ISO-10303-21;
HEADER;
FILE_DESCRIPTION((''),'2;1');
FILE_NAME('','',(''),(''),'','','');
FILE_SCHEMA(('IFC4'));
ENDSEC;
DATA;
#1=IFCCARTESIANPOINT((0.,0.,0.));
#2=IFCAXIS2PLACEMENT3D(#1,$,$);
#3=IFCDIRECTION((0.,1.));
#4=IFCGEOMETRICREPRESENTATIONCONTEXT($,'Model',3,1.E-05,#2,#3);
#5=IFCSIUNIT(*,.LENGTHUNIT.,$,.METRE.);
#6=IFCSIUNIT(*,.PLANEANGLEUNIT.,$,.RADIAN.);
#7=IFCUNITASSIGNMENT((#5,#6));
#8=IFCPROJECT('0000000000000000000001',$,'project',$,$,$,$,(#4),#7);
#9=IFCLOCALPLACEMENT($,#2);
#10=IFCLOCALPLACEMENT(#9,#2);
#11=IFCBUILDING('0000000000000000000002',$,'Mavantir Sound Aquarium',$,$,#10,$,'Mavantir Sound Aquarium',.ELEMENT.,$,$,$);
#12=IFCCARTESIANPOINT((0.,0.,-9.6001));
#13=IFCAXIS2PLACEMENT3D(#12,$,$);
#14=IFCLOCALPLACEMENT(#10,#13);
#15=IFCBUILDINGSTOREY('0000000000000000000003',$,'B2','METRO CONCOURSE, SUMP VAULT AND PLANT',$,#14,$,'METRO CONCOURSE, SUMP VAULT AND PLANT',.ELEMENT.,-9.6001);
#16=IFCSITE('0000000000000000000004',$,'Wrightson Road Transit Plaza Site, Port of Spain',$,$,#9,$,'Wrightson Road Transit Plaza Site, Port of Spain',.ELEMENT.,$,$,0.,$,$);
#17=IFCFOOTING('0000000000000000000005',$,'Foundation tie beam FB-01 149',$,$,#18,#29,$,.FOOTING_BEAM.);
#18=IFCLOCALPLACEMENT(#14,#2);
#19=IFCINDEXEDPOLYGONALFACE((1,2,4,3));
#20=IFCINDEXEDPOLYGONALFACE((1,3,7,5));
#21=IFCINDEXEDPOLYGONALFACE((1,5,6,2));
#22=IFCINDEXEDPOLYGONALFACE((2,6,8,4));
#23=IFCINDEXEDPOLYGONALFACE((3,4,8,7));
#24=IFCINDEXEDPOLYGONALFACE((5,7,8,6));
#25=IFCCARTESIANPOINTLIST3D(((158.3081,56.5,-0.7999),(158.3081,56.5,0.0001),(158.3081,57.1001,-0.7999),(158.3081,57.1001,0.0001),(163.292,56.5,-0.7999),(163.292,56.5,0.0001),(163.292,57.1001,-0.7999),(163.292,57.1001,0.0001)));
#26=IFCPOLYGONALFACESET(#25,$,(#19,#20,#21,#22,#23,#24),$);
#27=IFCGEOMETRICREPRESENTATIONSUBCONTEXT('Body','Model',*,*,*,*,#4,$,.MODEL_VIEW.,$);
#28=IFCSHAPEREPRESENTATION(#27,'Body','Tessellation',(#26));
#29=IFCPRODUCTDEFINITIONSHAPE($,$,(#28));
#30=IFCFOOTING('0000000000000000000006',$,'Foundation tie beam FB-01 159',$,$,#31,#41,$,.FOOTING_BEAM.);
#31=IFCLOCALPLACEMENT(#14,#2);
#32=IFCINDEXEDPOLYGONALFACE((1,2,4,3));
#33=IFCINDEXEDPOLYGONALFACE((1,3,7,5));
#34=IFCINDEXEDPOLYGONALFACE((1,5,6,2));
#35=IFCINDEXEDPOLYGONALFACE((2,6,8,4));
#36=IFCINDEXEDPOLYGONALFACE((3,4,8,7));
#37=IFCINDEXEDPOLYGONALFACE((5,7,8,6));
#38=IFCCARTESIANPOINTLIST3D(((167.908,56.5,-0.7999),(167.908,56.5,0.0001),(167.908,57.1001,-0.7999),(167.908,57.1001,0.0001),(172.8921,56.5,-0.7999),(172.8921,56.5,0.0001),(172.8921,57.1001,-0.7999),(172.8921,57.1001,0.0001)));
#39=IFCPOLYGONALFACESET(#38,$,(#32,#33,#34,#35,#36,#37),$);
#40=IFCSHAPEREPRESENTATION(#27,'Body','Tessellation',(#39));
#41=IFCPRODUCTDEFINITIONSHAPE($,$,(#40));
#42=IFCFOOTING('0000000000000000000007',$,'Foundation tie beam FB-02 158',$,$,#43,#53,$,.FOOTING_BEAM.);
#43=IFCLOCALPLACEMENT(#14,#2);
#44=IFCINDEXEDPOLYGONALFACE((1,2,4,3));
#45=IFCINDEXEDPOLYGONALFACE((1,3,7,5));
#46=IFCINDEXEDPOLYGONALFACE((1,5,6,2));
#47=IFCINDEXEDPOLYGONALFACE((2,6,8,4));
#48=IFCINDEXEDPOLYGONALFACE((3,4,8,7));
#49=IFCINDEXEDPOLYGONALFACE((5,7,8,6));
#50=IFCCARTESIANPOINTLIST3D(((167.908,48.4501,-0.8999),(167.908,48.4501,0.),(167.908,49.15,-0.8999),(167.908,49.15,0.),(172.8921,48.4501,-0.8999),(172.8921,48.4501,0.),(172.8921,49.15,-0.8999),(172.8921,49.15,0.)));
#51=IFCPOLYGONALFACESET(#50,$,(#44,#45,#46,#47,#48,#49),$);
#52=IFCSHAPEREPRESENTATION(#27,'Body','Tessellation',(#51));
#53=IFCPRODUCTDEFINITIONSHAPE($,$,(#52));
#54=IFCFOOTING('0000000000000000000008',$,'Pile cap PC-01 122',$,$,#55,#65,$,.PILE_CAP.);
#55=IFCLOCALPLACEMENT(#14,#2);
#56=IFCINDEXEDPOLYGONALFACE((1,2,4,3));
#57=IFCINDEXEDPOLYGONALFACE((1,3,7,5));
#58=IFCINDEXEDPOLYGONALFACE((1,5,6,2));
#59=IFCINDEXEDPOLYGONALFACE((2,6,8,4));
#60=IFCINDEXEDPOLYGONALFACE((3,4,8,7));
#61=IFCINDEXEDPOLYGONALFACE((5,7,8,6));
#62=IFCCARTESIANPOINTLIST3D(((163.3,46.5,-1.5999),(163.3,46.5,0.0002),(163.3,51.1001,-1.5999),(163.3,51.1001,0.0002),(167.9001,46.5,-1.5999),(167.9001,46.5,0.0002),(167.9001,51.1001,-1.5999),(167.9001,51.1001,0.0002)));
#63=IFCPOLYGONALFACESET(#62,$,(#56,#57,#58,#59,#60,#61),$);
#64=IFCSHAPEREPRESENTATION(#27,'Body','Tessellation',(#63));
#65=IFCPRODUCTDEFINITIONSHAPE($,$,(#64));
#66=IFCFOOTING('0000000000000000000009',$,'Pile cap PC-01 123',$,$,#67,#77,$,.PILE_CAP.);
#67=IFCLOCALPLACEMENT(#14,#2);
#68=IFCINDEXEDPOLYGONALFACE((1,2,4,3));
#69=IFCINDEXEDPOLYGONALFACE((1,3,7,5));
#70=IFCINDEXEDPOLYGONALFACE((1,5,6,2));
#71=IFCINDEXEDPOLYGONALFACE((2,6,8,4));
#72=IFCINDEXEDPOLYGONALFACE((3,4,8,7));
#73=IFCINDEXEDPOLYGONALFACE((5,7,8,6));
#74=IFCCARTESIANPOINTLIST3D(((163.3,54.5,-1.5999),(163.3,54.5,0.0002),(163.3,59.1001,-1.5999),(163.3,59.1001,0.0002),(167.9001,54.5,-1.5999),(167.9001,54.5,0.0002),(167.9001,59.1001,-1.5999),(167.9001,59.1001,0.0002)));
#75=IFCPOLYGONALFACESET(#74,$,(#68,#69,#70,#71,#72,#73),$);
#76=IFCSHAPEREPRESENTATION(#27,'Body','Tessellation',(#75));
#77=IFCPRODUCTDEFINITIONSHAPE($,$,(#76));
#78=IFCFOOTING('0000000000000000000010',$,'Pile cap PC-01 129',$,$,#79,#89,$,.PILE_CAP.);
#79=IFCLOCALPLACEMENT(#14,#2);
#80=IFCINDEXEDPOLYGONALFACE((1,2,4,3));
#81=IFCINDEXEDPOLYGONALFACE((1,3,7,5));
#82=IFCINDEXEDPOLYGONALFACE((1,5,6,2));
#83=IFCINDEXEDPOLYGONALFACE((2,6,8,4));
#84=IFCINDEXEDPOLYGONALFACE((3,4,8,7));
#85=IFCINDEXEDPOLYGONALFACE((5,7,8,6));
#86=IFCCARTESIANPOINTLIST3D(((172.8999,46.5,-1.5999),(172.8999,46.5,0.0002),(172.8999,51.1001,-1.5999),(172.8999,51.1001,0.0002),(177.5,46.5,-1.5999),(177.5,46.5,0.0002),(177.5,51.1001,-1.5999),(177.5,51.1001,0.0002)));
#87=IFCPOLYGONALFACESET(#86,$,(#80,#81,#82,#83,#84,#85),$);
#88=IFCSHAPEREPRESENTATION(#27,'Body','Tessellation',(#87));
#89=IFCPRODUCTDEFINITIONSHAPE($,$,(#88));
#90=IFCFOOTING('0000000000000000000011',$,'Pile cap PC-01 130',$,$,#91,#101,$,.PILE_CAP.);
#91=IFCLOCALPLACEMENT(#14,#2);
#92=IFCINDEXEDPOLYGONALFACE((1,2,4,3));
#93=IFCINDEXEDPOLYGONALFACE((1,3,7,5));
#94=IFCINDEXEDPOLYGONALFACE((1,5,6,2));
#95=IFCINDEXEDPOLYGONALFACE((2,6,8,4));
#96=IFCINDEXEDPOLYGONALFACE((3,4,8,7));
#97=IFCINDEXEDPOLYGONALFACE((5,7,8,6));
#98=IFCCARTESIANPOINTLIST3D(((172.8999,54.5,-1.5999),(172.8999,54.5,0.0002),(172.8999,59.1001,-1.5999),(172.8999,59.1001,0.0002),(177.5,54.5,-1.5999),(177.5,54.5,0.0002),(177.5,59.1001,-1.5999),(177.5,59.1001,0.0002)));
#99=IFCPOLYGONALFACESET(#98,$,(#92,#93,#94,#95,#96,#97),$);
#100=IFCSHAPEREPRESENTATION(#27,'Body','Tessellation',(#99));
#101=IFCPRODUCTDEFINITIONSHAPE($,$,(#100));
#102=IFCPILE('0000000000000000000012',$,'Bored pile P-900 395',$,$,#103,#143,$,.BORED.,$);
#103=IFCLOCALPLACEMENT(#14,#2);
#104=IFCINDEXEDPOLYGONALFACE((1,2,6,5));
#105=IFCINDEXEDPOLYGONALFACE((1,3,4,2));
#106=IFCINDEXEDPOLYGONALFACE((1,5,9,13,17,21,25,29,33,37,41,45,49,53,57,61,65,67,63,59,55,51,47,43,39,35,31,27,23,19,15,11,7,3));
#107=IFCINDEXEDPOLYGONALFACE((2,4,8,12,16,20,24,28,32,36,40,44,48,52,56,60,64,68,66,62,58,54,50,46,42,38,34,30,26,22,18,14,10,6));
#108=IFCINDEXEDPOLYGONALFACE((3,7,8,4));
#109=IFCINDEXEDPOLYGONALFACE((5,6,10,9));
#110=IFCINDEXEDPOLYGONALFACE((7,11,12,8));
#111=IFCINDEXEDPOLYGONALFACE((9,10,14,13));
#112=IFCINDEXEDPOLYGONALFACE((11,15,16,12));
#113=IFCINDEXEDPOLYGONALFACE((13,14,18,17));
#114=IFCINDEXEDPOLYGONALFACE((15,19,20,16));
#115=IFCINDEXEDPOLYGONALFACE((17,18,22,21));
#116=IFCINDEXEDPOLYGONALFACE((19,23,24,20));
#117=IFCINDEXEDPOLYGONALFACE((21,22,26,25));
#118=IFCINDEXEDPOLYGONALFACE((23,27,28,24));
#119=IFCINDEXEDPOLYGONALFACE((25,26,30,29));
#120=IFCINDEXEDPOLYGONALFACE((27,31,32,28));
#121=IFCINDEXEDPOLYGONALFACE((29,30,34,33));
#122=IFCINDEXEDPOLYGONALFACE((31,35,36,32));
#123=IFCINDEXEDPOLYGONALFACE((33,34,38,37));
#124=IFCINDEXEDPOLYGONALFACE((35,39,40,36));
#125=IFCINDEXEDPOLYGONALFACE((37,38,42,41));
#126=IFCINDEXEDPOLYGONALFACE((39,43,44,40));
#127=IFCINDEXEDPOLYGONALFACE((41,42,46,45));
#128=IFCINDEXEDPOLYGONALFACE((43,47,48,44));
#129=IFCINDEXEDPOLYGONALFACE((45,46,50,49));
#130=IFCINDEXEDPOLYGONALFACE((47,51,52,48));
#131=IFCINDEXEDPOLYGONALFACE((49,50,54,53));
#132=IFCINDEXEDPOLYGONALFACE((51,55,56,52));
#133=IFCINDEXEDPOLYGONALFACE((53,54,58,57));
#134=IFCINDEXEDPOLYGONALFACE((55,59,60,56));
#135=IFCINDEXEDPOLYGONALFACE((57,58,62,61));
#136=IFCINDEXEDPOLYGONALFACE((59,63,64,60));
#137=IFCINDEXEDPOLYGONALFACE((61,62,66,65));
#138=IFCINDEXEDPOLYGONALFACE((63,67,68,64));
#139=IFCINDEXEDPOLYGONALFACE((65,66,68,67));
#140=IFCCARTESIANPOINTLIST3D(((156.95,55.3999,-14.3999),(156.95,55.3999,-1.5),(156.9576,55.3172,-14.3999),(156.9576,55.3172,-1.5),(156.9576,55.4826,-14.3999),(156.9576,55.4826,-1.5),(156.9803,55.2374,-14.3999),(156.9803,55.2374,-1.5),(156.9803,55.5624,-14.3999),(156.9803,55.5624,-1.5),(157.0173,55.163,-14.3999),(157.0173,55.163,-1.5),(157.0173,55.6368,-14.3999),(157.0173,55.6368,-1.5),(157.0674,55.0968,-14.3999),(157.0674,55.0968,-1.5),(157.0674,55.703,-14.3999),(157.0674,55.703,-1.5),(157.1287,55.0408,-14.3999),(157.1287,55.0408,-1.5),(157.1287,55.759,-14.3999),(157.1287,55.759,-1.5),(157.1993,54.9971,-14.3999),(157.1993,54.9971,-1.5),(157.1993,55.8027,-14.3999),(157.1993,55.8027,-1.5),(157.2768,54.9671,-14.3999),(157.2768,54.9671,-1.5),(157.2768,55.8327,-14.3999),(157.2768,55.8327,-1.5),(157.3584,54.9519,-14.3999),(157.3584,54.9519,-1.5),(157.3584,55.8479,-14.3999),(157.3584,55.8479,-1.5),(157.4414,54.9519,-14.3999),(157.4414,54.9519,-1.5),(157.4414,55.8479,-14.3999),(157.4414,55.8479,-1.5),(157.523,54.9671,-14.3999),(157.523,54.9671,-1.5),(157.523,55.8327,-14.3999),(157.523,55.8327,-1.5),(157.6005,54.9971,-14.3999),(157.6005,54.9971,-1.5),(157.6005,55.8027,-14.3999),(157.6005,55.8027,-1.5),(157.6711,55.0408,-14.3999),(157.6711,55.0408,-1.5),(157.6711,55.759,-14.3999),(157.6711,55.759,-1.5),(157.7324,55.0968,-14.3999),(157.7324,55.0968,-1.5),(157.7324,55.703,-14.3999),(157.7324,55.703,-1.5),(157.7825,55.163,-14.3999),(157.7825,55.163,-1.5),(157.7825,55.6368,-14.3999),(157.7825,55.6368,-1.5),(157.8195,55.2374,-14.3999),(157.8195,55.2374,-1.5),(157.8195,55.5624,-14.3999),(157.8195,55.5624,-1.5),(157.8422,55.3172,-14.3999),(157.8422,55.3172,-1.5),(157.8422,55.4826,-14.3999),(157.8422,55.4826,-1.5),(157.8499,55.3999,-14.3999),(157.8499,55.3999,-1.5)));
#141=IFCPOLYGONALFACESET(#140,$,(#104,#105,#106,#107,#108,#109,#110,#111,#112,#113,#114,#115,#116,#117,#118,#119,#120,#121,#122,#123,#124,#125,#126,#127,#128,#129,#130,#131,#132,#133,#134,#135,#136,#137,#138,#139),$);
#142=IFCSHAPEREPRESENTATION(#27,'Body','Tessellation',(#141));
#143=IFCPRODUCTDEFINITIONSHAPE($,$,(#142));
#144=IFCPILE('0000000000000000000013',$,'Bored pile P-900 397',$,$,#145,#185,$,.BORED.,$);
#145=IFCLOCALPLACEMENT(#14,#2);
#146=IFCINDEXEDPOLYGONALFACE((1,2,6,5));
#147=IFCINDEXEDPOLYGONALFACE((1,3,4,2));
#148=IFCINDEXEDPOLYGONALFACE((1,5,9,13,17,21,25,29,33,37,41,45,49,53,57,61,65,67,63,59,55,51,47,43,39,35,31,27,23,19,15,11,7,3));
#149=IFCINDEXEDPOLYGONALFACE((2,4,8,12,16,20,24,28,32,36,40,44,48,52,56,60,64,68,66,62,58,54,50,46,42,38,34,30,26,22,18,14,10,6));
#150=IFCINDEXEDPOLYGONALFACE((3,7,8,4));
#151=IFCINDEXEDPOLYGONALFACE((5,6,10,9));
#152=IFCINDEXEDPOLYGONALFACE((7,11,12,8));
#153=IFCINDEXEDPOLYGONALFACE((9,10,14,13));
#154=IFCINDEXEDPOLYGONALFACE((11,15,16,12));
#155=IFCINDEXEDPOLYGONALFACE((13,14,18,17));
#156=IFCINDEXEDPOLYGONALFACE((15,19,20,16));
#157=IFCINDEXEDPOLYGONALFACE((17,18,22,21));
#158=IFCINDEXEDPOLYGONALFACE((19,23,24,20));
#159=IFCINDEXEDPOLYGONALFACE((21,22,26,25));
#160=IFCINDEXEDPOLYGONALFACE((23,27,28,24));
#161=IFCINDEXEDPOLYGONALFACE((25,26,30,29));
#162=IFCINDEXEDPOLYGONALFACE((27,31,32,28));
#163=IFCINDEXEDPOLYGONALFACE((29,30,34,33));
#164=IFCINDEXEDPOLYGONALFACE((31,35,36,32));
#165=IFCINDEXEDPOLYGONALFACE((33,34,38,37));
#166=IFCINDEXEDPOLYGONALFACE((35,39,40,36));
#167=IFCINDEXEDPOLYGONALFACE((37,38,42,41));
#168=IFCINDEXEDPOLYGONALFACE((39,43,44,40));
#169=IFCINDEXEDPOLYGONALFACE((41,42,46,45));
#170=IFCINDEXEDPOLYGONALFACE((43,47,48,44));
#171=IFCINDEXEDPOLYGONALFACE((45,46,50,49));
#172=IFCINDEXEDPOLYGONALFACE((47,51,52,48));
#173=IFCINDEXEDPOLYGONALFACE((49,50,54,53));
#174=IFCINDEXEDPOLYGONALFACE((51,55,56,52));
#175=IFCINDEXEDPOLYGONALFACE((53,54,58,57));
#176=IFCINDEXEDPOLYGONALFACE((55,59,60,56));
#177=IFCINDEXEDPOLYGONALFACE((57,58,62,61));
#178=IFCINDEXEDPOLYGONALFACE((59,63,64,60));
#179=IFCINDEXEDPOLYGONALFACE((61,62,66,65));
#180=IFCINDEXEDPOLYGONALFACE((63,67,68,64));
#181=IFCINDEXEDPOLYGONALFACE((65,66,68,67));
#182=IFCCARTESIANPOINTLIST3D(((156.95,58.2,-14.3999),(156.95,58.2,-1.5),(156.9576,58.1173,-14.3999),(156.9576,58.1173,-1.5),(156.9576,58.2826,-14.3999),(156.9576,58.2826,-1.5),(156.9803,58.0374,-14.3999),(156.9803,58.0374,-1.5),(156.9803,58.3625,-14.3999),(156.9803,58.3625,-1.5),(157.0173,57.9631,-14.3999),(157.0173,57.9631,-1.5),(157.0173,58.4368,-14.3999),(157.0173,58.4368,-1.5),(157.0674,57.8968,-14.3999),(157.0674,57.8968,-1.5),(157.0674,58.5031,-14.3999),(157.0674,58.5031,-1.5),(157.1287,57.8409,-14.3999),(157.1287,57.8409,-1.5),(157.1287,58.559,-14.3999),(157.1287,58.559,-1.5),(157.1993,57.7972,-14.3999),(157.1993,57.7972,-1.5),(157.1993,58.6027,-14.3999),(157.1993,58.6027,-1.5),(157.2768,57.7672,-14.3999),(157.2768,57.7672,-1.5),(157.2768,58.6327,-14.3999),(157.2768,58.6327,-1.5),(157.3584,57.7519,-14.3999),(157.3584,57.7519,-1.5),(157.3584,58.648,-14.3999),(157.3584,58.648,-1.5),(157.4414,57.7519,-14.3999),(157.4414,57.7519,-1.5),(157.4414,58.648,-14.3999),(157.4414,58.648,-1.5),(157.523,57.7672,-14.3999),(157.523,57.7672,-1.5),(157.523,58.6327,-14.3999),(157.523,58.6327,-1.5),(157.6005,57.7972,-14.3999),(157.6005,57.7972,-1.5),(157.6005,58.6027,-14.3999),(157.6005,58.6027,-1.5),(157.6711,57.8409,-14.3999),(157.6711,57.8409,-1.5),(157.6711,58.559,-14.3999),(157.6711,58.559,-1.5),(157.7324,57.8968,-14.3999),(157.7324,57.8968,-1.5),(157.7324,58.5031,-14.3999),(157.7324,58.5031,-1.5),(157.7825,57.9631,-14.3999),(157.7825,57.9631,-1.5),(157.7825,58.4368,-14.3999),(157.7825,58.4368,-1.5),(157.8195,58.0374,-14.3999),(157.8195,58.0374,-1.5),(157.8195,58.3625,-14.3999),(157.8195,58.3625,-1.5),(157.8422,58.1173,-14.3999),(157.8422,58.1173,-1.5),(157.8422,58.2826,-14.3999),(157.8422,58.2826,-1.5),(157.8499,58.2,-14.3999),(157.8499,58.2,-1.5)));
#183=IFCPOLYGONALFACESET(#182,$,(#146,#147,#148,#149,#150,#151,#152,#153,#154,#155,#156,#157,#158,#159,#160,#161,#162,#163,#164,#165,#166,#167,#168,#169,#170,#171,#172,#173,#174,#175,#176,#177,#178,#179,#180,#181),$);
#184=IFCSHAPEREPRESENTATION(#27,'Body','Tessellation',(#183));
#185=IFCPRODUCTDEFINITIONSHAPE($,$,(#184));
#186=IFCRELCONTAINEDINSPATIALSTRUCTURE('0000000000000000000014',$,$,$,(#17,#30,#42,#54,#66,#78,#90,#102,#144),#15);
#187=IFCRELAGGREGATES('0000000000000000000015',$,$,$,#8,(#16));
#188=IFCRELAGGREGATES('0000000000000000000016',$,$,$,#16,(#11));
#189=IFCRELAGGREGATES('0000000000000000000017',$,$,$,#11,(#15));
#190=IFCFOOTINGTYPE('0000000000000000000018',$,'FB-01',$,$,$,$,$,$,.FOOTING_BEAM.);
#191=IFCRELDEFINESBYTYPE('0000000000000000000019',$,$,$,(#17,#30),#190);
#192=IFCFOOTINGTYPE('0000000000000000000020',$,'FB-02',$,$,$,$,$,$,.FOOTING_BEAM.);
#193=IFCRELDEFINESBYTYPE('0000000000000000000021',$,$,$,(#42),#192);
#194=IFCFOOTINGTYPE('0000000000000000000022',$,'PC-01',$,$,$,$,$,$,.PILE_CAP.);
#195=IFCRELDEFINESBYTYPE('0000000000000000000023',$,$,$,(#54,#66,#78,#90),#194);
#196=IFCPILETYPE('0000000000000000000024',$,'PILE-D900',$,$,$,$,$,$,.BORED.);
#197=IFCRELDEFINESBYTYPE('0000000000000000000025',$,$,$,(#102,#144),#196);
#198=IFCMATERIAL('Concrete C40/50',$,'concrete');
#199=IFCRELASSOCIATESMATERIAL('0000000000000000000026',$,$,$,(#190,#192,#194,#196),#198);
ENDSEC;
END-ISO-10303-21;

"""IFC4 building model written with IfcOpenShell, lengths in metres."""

from ifc_helpers import new_model, si_unit, direction, frame, origin, origin_2d, place, context, subcontext, project, spatial, rectangle, circle, extrude, material, material_profile, profile_set, type_object, element, save


model = new_model("IFC4")

# Units and contexts
model_context = context("Model", 3, precision=1e-05, world=origin(), true_north=direction((0.0, 1.0)))
body_context = subcontext(model_context, "Body", "Model", "MODEL_VIEW")
ifc_project = project(units=[si_unit("LENGTHUNIT", "METRE"), si_unit("PLANEANGLEUNIT", "RADIAN")], contexts=[model_context])

# Site, building, storey
site_placement = place(None, origin())
site = spatial("IfcSite", under=ifc_project, at=site_placement, Name="Wrightson Road Transit Plaza Site, Port of Spain", LongName="Wrightson Road Transit Plaza Site, Port of Spain", CompositionType="ELEMENT", RefElevation=0.0)
building_placement = place(site_placement, origin())
building = spatial("IfcBuilding", under=site, at=building_placement, Name="Mavantir Sound Aquarium", LongName="Mavantir Sound Aquarium", CompositionType="ELEMENT")
storey_placement = place(building_placement, frame((0.0, 0.0, -9.6001)))
storey = spatial("IfcBuildingStorey", under=building, at=storey_placement, Name="B2", Description="METRO CONCOURSE, SUMP VAULT AND PLANT", LongName="METRO CONCOURSE, SUMP VAULT AND PLANT", CompositionType="ELEMENT", Elevation=-9.6001)

# Footings
ifc_material_1 = material(Name="Concrete C40/50", Category="concrete")
ifc_material_profile_1 = material_profile(ifc_material_1, rectangle(XDim=0.6001, YDim=0.8, at=origin_2d()), Name="RC 600X800")
ifc_profile_set_1 = profile_set([ifc_material_profile_1], Name="Concrete C40/50")
footing_type_1 = type_object("IfcFootingType", Name="FB-01", PredefinedType="FOOTING_BEAM", material=ifc_profile_set_1)
footing_1_placement = place(storey_placement, frame((158.3081, 56.8, -0.3999), z_axis=(1.0, 0.0, 0.0), x_axis=(0.0, 1.0, 0.0)))
element("IfcFooting", 1, at=footing_1_placement, inside=storey, type_object=footing_type_1, Name="Foundation tie beam FB-01 149", PredefinedType="FOOTING_BEAM", context=body_context, shape_type="SweptSolid", body=[
    extrude(rectangle(XDim=0.6001, YDim=0.8, at=origin_2d()), origin(), (0.0, 0.0, 1.0), 4.9839),
])
footing_2_placement = place(storey_placement, frame((167.908, 56.8, -0.3999), z_axis=(1.0, 0.0, 0.0), x_axis=(0.0, 1.0, 0.0)))
element("IfcFooting", 2, at=footing_2_placement, inside=storey, type_object=footing_type_1, Name="Foundation tie beam FB-01 159", PredefinedType="FOOTING_BEAM", context=body_context, shape_type="SweptSolid", body=[
    extrude(rectangle(XDim=0.6001, YDim=0.8, at=origin_2d()), origin(), (0.0, 0.0, 1.0), 4.9841),
])
ifc_material_profile_2 = material_profile(ifc_material_1, rectangle(XDim=0.7, YDim=0.8999, at=origin_2d()), Name="RC 700X900")
ifc_profile_set_2 = profile_set([ifc_material_profile_2], Name="Concrete C40/50")
footing_type_2 = type_object("IfcFootingType", Name="FB-02", PredefinedType="FOOTING_BEAM", material=ifc_profile_set_2)
footing_3_placement = place(storey_placement, frame((167.908, 48.8, -0.45), z_axis=(1.0, 0.0, 0.0), x_axis=(0.0, 1.0, 0.0)))
element("IfcFooting", 3, at=footing_3_placement, inside=storey, type_object=footing_type_2, Name="Foundation tie beam FB-02 158", PredefinedType="FOOTING_BEAM", context=body_context, shape_type="SweptSolid", body=[
    extrude(rectangle(XDim=0.7, YDim=0.8999, at=origin_2d()), origin(), (0.0, 0.0, 1.0), 4.9841),
])
footing_type_3 = type_object("IfcFootingType", Name="PC-01", PredefinedType="PILE_CAP", material=ifc_material_1)
for number, where, z_axis, x_axis, name in (
    (4, (165.6001, 48.8, -1.5999), (0.0, 0.0, 1.0), (1.0, 0.0, 0.0), "Pile cap PC-01 122"),
    (5, (165.6001, 56.8, -1.5999), (0.0, 0.0, 1.0), (1.0, 0.0, 0.0), "Pile cap PC-01 123"),
    (6, (175.2, 48.8, -1.5999), (0.0, 0.0, 1.0), (1.0, 0.0, 0.0), "Pile cap PC-01 129"),
    (7, (175.2, 56.8, -1.5999), (0.0, 0.0, 1.0), (1.0, 0.0, 0.0), "Pile cap PC-01 130"),
):
    element("IfcFooting", number, at=place(storey_placement, frame(where, z_axis=z_axis, x_axis=x_axis)), inside=storey, type_object=footing_type_3, Name=name, PredefinedType="PILE_CAP", context=body_context, shape_type="SweptSolid", body=[
        extrude(rectangle(XDim=4.6001, YDim=4.6001, at=origin_2d()), origin(), (0.0, 0.0, 1.0), 1.6001),
    ])

# Piles
ifc_material_profile_3 = material_profile(ifc_material_1, circle(Radius=0.45, at=origin_2d()), Name="PILE D900")
ifc_profile_set_3 = profile_set([ifc_material_profile_3], Name="Concrete C40/50")
pile_type = type_object("IfcPileType", Name="PILE-D900", PredefinedType="BORED", material=ifc_profile_set_3)
for number, where, z_axis, x_axis, name in (
    (8, (157.3999, 55.3999, -1.5), (0.0, 0.0, -1.0), (1.0, 0.0, 0.0), "Bored pile P-900 395"),
    (9, (157.3999, 58.2, -1.5), (0.0, 0.0, -1.0), (1.0, 0.0, 0.0), "Bored pile P-900 397"),
):
    element("IfcPile", number, at=place(storey_placement, frame(where, z_axis=z_axis, x_axis=x_axis)), inside=storey, type_object=pile_type, Name=name, PredefinedType="BORED", context=body_context, shape_type="SweptSolid", body=[
        extrude(circle(Radius=0.45, at=origin_2d()), origin(), (0.0, 0.0, 1.0), 12.8999),
    ])

save(model, "model.ifc")
